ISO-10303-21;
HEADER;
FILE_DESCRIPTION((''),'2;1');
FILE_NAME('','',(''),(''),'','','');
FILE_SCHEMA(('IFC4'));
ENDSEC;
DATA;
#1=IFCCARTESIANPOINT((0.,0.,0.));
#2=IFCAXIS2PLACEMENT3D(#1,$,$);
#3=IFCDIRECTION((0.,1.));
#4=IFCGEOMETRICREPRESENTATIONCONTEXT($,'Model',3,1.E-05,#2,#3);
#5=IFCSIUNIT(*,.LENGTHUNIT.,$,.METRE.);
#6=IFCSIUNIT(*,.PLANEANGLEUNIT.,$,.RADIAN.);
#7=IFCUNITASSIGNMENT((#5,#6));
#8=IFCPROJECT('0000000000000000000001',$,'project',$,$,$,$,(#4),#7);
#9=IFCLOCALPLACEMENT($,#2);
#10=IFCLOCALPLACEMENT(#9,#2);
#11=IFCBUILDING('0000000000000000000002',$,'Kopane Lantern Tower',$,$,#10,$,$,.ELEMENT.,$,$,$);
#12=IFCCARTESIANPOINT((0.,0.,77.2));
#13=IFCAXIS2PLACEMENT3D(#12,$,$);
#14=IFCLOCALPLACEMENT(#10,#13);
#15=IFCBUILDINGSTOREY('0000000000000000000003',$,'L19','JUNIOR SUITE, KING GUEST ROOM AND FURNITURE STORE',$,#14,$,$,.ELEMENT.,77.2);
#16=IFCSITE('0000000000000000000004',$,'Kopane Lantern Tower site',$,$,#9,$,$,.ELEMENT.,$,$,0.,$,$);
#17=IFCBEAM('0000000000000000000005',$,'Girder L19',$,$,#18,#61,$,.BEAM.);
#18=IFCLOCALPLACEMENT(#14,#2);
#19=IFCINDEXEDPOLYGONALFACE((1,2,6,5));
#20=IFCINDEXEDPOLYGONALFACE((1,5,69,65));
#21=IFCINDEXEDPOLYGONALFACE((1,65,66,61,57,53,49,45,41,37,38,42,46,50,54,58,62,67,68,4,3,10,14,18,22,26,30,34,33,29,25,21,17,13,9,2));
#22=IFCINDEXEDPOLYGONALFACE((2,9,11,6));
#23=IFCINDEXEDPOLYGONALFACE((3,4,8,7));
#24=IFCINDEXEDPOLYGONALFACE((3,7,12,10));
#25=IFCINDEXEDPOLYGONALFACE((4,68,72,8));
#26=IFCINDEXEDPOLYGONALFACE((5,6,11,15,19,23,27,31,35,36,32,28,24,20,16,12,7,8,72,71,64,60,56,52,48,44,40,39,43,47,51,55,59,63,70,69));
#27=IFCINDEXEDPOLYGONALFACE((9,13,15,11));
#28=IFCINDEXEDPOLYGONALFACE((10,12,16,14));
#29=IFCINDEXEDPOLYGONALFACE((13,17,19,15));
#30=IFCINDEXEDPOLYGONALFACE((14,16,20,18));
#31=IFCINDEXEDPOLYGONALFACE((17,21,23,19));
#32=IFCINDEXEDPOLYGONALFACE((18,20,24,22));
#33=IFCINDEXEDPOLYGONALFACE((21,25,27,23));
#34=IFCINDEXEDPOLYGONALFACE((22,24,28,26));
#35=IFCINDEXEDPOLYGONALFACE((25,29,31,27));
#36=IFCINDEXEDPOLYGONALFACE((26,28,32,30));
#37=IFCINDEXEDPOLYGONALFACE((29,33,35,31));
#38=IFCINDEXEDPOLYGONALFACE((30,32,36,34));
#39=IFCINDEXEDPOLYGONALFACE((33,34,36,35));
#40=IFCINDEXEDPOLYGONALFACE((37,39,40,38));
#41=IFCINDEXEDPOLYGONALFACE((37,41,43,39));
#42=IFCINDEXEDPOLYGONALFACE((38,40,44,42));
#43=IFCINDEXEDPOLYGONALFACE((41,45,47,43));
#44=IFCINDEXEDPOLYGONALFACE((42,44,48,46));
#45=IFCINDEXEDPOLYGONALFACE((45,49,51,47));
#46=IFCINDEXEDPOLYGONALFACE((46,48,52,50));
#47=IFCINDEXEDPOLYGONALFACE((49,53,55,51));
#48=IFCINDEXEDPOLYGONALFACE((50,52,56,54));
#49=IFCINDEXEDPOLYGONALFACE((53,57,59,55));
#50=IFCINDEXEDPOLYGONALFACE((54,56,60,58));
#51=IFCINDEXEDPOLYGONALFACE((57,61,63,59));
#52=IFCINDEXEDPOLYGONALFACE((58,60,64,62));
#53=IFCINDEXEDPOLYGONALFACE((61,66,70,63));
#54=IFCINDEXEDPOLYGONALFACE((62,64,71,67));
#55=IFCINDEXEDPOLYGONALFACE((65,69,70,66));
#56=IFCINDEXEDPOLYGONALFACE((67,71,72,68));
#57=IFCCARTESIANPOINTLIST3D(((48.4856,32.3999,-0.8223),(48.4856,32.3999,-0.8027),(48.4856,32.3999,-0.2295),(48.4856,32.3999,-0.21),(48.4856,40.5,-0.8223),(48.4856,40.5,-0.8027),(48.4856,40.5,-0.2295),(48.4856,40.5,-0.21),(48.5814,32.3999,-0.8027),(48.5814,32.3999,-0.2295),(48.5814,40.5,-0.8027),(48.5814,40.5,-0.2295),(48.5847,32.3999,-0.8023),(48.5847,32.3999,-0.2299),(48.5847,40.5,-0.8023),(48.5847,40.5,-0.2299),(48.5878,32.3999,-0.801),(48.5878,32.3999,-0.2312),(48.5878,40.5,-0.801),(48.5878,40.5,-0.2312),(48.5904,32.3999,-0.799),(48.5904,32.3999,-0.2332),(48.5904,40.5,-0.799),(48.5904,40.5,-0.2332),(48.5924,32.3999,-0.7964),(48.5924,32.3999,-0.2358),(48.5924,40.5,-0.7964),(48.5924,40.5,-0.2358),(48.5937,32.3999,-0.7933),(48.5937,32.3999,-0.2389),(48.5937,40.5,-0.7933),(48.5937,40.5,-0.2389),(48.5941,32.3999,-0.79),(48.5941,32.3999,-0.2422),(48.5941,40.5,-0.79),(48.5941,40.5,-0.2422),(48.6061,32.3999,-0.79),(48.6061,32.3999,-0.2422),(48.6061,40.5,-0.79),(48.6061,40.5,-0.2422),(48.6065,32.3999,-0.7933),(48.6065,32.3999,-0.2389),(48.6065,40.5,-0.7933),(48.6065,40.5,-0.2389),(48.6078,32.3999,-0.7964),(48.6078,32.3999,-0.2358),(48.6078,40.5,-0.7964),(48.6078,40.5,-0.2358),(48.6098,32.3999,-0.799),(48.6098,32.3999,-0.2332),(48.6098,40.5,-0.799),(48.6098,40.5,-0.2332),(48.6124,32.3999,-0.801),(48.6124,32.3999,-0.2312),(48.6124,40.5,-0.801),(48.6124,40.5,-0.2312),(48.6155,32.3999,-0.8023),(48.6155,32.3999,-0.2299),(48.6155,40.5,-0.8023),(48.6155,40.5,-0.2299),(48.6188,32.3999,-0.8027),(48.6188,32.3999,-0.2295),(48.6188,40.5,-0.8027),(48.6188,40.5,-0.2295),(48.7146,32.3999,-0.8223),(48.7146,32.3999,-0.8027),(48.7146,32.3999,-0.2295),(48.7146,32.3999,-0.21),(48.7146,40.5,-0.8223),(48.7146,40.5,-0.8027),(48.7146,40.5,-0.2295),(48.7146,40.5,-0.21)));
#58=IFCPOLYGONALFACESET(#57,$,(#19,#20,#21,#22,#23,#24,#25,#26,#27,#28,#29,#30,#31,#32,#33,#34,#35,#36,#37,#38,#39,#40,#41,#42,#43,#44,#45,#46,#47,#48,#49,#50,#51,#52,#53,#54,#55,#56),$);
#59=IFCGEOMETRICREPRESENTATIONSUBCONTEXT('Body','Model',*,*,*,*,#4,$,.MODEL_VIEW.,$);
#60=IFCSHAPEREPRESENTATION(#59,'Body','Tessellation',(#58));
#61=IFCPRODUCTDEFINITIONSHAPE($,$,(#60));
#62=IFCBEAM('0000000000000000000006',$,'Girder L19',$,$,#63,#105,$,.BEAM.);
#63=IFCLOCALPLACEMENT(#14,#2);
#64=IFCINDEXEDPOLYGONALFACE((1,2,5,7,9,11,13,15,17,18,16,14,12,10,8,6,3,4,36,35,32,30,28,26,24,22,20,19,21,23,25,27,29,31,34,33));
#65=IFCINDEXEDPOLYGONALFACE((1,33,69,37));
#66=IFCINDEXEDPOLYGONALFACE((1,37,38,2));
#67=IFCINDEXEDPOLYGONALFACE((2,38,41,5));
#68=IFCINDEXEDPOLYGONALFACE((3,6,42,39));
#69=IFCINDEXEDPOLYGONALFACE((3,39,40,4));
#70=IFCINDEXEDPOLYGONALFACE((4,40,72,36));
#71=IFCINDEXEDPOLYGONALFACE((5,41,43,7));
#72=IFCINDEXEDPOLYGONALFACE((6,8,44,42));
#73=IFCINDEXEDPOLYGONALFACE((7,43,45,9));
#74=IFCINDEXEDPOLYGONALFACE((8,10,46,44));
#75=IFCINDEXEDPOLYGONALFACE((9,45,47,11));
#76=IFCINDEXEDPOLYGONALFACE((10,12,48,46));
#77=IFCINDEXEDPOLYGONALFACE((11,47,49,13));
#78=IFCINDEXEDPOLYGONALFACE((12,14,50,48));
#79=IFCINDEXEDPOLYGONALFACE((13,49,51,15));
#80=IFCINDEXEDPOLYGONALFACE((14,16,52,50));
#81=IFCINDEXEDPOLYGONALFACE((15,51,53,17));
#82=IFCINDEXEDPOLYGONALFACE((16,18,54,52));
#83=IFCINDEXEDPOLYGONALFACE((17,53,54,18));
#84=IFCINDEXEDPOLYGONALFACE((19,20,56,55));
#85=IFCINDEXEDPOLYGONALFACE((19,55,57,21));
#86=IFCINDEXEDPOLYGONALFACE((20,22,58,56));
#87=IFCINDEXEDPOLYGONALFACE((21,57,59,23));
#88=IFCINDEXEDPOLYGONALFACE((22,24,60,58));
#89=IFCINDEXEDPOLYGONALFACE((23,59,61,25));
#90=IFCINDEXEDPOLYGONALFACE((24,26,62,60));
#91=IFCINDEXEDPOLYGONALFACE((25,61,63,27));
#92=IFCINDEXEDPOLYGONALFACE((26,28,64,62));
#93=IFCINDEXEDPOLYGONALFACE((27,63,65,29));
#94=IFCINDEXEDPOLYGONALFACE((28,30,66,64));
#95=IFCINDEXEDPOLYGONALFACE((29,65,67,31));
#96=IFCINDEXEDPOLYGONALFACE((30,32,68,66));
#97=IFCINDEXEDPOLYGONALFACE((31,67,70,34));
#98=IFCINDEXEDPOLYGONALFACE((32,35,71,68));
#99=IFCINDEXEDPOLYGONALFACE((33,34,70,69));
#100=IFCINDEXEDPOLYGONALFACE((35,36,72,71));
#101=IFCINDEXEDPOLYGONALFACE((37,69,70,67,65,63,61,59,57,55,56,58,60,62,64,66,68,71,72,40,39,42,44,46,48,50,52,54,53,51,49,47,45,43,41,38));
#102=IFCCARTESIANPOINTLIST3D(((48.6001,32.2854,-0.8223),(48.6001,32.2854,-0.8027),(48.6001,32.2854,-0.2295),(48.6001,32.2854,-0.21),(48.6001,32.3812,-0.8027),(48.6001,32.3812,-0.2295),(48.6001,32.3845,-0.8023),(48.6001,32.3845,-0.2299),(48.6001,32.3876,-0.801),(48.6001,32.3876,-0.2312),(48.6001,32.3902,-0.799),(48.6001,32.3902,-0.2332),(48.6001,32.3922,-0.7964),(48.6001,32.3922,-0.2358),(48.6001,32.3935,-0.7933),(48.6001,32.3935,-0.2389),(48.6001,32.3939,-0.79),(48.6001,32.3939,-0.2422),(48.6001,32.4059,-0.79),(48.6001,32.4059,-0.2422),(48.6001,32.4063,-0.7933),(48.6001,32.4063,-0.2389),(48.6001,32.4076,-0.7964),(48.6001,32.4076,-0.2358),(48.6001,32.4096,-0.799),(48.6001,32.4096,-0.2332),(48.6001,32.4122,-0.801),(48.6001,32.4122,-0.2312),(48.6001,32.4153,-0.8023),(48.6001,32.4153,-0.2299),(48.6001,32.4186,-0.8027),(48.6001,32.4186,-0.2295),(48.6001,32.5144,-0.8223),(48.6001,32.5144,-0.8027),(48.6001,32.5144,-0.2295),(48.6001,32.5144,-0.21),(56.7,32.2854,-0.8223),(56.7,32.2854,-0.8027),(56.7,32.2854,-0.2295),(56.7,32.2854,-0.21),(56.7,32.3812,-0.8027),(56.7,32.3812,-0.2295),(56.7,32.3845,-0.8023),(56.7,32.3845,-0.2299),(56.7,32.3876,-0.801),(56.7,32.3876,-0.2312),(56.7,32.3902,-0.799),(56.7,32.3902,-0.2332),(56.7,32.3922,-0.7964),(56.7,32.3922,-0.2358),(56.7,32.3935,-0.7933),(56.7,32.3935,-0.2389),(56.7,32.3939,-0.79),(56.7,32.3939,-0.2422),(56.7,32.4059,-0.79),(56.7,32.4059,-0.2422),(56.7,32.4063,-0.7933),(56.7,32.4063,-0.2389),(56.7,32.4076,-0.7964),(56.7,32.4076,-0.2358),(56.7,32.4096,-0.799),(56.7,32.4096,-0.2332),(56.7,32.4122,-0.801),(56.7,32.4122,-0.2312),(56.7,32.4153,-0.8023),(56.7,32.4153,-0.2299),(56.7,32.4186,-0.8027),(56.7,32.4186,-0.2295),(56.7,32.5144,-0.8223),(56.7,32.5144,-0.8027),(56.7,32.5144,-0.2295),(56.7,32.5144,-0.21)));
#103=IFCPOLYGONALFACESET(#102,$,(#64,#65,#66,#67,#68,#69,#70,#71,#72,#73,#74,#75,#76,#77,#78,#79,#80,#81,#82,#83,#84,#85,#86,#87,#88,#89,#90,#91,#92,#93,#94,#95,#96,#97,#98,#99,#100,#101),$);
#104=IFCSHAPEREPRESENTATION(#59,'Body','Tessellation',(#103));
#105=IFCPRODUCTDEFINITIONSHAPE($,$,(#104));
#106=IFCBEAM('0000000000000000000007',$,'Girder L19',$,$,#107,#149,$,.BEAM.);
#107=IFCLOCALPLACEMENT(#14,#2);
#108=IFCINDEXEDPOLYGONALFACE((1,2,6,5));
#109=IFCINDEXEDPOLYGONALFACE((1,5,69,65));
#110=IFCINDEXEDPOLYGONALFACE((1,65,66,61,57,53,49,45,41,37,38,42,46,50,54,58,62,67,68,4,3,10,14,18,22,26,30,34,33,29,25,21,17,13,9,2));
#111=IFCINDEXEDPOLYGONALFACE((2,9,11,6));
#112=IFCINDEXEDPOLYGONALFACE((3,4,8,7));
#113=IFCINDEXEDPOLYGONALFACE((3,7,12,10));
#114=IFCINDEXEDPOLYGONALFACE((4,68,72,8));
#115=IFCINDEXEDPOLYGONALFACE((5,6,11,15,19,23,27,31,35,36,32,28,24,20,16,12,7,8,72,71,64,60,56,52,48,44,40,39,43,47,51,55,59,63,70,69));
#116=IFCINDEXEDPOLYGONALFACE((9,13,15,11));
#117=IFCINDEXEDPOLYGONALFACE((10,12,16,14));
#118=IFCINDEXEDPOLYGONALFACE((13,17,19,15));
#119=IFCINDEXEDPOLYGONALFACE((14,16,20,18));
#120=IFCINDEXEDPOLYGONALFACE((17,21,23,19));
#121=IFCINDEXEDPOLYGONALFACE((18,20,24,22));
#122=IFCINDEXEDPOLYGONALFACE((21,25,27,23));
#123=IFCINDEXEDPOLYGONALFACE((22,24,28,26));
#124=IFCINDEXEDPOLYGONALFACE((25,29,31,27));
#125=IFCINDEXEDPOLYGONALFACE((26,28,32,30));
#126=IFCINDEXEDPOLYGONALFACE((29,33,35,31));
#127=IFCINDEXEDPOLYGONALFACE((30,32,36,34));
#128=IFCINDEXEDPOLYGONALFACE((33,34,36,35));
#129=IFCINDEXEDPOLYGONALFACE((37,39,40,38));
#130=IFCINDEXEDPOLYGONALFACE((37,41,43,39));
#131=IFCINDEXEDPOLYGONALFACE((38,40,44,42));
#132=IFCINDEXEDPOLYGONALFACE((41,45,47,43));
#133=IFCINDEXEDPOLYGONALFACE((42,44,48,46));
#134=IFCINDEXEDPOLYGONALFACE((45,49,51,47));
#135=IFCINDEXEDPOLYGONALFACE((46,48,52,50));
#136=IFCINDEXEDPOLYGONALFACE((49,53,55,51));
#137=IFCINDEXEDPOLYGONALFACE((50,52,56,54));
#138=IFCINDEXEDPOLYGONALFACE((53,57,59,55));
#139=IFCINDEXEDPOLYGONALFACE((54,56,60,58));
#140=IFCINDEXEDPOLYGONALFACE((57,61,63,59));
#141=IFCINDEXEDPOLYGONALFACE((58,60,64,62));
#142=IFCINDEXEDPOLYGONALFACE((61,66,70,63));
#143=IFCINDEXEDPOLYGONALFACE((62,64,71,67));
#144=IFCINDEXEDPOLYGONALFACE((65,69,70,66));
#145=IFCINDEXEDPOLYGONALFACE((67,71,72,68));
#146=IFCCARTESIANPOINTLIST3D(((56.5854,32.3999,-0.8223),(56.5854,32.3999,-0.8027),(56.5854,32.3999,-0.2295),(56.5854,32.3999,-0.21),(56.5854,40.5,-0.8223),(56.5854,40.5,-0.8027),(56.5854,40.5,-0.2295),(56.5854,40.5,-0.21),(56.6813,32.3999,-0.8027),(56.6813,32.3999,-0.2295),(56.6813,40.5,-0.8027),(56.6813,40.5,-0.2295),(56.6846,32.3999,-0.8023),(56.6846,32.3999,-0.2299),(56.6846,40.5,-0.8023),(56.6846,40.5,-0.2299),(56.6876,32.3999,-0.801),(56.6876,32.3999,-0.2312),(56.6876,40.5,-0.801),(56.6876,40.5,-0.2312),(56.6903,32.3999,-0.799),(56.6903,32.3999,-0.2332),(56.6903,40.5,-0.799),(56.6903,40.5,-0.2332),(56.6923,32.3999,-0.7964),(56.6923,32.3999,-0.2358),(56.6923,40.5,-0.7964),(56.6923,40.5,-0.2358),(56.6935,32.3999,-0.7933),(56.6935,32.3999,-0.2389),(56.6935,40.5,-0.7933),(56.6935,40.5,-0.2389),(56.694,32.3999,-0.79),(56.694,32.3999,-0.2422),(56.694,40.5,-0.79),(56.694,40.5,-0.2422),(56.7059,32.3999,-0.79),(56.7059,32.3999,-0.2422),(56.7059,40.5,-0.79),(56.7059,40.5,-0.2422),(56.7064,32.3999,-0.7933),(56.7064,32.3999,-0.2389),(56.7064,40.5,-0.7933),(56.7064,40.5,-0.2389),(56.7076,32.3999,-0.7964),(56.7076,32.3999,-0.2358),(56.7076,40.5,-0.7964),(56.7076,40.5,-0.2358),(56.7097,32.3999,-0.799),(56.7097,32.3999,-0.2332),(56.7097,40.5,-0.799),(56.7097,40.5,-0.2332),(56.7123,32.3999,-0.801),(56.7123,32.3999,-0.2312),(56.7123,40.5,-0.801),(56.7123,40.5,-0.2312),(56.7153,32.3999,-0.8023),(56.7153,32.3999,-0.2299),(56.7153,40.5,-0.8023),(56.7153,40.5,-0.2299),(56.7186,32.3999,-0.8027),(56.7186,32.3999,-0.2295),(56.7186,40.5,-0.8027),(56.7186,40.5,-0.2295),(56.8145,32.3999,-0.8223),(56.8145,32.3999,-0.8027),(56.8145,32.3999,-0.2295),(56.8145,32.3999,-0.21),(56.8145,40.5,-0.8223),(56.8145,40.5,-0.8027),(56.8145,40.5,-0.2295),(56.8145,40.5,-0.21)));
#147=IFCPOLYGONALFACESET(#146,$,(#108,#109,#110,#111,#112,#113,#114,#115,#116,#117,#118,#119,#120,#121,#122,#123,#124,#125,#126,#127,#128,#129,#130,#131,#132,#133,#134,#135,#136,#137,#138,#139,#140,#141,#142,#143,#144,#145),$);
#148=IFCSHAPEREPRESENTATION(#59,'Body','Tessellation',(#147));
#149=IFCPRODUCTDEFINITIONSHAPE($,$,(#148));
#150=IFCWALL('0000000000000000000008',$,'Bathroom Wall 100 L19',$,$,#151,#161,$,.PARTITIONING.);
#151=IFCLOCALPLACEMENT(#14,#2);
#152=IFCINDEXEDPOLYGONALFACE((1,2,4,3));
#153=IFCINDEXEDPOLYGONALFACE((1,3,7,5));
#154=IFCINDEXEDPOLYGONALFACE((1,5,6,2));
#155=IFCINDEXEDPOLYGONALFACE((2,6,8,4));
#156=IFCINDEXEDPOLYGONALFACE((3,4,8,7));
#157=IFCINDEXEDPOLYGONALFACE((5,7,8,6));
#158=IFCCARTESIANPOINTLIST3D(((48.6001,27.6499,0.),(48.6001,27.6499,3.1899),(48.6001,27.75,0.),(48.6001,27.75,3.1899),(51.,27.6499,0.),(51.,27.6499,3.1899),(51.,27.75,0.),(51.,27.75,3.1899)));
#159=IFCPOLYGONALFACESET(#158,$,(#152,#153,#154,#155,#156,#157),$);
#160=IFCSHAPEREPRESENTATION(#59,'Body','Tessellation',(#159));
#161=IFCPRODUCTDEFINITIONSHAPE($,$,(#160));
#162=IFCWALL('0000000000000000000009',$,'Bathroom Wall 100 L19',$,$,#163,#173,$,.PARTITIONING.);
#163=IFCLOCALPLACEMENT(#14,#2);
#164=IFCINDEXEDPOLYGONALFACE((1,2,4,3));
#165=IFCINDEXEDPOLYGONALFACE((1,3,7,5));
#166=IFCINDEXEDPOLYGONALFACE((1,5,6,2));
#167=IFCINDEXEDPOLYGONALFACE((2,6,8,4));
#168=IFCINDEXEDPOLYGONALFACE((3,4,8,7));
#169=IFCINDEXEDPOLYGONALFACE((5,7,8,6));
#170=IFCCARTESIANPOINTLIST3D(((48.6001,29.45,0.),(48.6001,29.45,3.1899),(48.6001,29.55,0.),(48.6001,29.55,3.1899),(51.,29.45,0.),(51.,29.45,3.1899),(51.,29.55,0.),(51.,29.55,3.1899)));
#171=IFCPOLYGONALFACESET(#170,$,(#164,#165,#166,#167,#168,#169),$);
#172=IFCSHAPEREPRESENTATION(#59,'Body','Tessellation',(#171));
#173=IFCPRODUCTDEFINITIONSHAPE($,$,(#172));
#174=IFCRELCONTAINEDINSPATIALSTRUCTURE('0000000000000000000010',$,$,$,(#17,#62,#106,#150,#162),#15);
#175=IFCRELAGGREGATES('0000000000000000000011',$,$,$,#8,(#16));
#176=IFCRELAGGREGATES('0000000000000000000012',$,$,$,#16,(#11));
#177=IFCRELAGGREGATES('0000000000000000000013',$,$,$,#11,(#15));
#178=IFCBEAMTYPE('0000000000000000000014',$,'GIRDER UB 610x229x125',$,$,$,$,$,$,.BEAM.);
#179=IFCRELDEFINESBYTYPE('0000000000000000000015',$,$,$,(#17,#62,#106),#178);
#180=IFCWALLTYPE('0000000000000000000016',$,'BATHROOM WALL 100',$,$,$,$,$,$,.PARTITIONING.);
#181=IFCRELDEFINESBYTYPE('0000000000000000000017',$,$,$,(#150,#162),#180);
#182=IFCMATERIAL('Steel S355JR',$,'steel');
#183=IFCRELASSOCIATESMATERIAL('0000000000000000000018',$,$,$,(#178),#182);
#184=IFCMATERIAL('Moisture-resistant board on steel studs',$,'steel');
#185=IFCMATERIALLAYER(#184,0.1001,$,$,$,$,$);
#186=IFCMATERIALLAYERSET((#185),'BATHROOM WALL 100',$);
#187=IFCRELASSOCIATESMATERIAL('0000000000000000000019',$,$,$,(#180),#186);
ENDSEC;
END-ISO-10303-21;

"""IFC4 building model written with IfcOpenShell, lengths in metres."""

from ifc_helpers import new_model, si_unit, direction, frame, frame_2d, origin, origin_2d, place, context, subcontext, project, spatial, rectangle, i_section, extrude, material, layer, layer_set, material_profile, profile_set, type_object, element, save


model = new_model("IFC4")

# Units and contexts
model_context = context("Model", 3, precision=1e-05, world=origin(), true_north=direction((0.0, 1.0)))
body_context = subcontext(model_context, "Body", "Model", "MODEL_VIEW")
ifc_project = project(units=[si_unit("LENGTHUNIT", "METRE"), si_unit("PLANEANGLEUNIT", "RADIAN")], contexts=[model_context])

# Site, building, storey
site_placement = place(None, origin())
site = spatial("IfcSite", under=ifc_project, at=site_placement, Name="Kopane Lantern Tower site", CompositionType="ELEMENT", RefElevation=0.0)
building_placement = place(site_placement, origin())
building = spatial("IfcBuilding", under=site, at=building_placement, Name="Kopane Lantern Tower", CompositionType="ELEMENT")
storey_placement = place(building_placement, frame((0.0, 0.0, 77.2)))
storey = spatial("IfcBuildingStorey", under=building, at=storey_placement, Name="L19", Description="JUNIOR SUITE, KING GUEST ROOM AND FURNITURE STORE", CompositionType="ELEMENT", Elevation=77.2)

# Beams
ifc_material_1 = material(Name="Steel S355JR", Category="steel")
ifc_material_profile_1 = material_profile(ifc_material_1, i_section(OverallWidth=0.229, OverallDepth=0.6123, WebThickness=0.012, FlangeThickness=0.0195, FilletRadius=0.0127, at=origin_2d()), Name="UB 610x229x125")
ifc_profile_set_1 = profile_set([ifc_material_profile_1], Name="Steel S355JR")
beam_type = type_object("IfcBeamType", Name="GIRDER UB 610x229x125", PredefinedType="BEAM", material=ifc_profile_set_1)
for number, where, z_axis, x_axis, name in (
    (1, (48.6001, 32.3999, -0.5161), (0.0, 1.0, 0.0), (-1.0, 0.0, 0.0), "Girder L19"),
):
    element("IfcBeam", number, at=place(storey_placement, frame(where, z_axis=z_axis, x_axis=x_axis)), inside=storey, type_object=beam_type, Name=name, PredefinedType="BEAM", context=body_context, shape_type="SweptSolid", body=[
        extrude(i_section(OverallWidth=0.229, OverallDepth=0.6123, WebThickness=0.012, FlangeThickness=0.0195, FilletRadius=0.0127, at=origin_2d()), origin(), (0.0, 0.0, 1.0), 8.1001),
    ])
beam_1_placement = place(storey_placement, frame((48.6001, 32.3999, -0.5161), z_axis=(1.0, 0.0, 0.0), x_axis=(0.0, 1.0, 0.0)))
element("IfcBeam", 2, at=beam_1_placement, inside=storey, type_object=beam_type, Name="Girder L19", PredefinedType="BEAM", context=body_context, shape_type="SweptSolid", body=[
    extrude(i_section(OverallWidth=0.229, OverallDepth=0.6123, WebThickness=0.012, FlangeThickness=0.0195, FilletRadius=0.0127, at=origin_2d()), origin(), (0.0, 0.0, 1.0), 8.0999),
])
beam_2_placement = place(storey_placement, frame((56.7, 32.3999, -0.5161), z_axis=(0.0, 1.0, 0.0), x_axis=(-1.0, 0.0, 0.0)))
element("IfcBeam", 3, at=beam_2_placement, inside=storey, type_object=beam_type, Name="Girder L19", PredefinedType="BEAM", context=body_context, shape_type="SweptSolid", body=[
    extrude(i_section(OverallWidth=0.229, OverallDepth=0.6123, WebThickness=0.012, FlangeThickness=0.0195, FilletRadius=0.0127, at=origin_2d()), origin(), (0.0, 0.0, 1.0), 8.1001),
])

# Walls
ifc_material_2 = material(Name="Moisture-resistant board on steel studs", Category="steel")
ifc_layer_1 = layer(ifc_material_2, 0.1001)
ifc_layer_set_1 = layer_set([ifc_layer_1], Name="BATHROOM WALL 100")
wall_type_1 = type_object("IfcWallType", Name="BATHROOM WALL 100", PredefinedType="PARTITIONING", material=ifc_layer_set_1)
for number, where, z_axis, x_axis, name in (
    (4, (48.6001, 27.7, 0.0), (0.0, 0.0, 1.0), (1.0, 0.0, 0.0), "Bathroom Wall 100 L19"),
    (5, (48.6001, 29.5, 0.0), (0.0, 0.0, 1.0), (1.0, 0.0, 0.0), "Bathroom Wall 100 L19"),
):
    element("IfcWall", number, at=place(storey_placement, frame(where, z_axis=z_axis, x_axis=x_axis)), inside=storey, type_object=wall_type_1, Name=name, PredefinedType="PARTITIONING", context=body_context, shape_type="SweptSolid", body=[
        extrude(rectangle(XDim=2.3999, YDim=0.1001, at=frame_2d((1.2, 0.0))), origin(), (0.0, 0.0, 1.0), 3.1899),
    ])

save(model, "model.ifc")
